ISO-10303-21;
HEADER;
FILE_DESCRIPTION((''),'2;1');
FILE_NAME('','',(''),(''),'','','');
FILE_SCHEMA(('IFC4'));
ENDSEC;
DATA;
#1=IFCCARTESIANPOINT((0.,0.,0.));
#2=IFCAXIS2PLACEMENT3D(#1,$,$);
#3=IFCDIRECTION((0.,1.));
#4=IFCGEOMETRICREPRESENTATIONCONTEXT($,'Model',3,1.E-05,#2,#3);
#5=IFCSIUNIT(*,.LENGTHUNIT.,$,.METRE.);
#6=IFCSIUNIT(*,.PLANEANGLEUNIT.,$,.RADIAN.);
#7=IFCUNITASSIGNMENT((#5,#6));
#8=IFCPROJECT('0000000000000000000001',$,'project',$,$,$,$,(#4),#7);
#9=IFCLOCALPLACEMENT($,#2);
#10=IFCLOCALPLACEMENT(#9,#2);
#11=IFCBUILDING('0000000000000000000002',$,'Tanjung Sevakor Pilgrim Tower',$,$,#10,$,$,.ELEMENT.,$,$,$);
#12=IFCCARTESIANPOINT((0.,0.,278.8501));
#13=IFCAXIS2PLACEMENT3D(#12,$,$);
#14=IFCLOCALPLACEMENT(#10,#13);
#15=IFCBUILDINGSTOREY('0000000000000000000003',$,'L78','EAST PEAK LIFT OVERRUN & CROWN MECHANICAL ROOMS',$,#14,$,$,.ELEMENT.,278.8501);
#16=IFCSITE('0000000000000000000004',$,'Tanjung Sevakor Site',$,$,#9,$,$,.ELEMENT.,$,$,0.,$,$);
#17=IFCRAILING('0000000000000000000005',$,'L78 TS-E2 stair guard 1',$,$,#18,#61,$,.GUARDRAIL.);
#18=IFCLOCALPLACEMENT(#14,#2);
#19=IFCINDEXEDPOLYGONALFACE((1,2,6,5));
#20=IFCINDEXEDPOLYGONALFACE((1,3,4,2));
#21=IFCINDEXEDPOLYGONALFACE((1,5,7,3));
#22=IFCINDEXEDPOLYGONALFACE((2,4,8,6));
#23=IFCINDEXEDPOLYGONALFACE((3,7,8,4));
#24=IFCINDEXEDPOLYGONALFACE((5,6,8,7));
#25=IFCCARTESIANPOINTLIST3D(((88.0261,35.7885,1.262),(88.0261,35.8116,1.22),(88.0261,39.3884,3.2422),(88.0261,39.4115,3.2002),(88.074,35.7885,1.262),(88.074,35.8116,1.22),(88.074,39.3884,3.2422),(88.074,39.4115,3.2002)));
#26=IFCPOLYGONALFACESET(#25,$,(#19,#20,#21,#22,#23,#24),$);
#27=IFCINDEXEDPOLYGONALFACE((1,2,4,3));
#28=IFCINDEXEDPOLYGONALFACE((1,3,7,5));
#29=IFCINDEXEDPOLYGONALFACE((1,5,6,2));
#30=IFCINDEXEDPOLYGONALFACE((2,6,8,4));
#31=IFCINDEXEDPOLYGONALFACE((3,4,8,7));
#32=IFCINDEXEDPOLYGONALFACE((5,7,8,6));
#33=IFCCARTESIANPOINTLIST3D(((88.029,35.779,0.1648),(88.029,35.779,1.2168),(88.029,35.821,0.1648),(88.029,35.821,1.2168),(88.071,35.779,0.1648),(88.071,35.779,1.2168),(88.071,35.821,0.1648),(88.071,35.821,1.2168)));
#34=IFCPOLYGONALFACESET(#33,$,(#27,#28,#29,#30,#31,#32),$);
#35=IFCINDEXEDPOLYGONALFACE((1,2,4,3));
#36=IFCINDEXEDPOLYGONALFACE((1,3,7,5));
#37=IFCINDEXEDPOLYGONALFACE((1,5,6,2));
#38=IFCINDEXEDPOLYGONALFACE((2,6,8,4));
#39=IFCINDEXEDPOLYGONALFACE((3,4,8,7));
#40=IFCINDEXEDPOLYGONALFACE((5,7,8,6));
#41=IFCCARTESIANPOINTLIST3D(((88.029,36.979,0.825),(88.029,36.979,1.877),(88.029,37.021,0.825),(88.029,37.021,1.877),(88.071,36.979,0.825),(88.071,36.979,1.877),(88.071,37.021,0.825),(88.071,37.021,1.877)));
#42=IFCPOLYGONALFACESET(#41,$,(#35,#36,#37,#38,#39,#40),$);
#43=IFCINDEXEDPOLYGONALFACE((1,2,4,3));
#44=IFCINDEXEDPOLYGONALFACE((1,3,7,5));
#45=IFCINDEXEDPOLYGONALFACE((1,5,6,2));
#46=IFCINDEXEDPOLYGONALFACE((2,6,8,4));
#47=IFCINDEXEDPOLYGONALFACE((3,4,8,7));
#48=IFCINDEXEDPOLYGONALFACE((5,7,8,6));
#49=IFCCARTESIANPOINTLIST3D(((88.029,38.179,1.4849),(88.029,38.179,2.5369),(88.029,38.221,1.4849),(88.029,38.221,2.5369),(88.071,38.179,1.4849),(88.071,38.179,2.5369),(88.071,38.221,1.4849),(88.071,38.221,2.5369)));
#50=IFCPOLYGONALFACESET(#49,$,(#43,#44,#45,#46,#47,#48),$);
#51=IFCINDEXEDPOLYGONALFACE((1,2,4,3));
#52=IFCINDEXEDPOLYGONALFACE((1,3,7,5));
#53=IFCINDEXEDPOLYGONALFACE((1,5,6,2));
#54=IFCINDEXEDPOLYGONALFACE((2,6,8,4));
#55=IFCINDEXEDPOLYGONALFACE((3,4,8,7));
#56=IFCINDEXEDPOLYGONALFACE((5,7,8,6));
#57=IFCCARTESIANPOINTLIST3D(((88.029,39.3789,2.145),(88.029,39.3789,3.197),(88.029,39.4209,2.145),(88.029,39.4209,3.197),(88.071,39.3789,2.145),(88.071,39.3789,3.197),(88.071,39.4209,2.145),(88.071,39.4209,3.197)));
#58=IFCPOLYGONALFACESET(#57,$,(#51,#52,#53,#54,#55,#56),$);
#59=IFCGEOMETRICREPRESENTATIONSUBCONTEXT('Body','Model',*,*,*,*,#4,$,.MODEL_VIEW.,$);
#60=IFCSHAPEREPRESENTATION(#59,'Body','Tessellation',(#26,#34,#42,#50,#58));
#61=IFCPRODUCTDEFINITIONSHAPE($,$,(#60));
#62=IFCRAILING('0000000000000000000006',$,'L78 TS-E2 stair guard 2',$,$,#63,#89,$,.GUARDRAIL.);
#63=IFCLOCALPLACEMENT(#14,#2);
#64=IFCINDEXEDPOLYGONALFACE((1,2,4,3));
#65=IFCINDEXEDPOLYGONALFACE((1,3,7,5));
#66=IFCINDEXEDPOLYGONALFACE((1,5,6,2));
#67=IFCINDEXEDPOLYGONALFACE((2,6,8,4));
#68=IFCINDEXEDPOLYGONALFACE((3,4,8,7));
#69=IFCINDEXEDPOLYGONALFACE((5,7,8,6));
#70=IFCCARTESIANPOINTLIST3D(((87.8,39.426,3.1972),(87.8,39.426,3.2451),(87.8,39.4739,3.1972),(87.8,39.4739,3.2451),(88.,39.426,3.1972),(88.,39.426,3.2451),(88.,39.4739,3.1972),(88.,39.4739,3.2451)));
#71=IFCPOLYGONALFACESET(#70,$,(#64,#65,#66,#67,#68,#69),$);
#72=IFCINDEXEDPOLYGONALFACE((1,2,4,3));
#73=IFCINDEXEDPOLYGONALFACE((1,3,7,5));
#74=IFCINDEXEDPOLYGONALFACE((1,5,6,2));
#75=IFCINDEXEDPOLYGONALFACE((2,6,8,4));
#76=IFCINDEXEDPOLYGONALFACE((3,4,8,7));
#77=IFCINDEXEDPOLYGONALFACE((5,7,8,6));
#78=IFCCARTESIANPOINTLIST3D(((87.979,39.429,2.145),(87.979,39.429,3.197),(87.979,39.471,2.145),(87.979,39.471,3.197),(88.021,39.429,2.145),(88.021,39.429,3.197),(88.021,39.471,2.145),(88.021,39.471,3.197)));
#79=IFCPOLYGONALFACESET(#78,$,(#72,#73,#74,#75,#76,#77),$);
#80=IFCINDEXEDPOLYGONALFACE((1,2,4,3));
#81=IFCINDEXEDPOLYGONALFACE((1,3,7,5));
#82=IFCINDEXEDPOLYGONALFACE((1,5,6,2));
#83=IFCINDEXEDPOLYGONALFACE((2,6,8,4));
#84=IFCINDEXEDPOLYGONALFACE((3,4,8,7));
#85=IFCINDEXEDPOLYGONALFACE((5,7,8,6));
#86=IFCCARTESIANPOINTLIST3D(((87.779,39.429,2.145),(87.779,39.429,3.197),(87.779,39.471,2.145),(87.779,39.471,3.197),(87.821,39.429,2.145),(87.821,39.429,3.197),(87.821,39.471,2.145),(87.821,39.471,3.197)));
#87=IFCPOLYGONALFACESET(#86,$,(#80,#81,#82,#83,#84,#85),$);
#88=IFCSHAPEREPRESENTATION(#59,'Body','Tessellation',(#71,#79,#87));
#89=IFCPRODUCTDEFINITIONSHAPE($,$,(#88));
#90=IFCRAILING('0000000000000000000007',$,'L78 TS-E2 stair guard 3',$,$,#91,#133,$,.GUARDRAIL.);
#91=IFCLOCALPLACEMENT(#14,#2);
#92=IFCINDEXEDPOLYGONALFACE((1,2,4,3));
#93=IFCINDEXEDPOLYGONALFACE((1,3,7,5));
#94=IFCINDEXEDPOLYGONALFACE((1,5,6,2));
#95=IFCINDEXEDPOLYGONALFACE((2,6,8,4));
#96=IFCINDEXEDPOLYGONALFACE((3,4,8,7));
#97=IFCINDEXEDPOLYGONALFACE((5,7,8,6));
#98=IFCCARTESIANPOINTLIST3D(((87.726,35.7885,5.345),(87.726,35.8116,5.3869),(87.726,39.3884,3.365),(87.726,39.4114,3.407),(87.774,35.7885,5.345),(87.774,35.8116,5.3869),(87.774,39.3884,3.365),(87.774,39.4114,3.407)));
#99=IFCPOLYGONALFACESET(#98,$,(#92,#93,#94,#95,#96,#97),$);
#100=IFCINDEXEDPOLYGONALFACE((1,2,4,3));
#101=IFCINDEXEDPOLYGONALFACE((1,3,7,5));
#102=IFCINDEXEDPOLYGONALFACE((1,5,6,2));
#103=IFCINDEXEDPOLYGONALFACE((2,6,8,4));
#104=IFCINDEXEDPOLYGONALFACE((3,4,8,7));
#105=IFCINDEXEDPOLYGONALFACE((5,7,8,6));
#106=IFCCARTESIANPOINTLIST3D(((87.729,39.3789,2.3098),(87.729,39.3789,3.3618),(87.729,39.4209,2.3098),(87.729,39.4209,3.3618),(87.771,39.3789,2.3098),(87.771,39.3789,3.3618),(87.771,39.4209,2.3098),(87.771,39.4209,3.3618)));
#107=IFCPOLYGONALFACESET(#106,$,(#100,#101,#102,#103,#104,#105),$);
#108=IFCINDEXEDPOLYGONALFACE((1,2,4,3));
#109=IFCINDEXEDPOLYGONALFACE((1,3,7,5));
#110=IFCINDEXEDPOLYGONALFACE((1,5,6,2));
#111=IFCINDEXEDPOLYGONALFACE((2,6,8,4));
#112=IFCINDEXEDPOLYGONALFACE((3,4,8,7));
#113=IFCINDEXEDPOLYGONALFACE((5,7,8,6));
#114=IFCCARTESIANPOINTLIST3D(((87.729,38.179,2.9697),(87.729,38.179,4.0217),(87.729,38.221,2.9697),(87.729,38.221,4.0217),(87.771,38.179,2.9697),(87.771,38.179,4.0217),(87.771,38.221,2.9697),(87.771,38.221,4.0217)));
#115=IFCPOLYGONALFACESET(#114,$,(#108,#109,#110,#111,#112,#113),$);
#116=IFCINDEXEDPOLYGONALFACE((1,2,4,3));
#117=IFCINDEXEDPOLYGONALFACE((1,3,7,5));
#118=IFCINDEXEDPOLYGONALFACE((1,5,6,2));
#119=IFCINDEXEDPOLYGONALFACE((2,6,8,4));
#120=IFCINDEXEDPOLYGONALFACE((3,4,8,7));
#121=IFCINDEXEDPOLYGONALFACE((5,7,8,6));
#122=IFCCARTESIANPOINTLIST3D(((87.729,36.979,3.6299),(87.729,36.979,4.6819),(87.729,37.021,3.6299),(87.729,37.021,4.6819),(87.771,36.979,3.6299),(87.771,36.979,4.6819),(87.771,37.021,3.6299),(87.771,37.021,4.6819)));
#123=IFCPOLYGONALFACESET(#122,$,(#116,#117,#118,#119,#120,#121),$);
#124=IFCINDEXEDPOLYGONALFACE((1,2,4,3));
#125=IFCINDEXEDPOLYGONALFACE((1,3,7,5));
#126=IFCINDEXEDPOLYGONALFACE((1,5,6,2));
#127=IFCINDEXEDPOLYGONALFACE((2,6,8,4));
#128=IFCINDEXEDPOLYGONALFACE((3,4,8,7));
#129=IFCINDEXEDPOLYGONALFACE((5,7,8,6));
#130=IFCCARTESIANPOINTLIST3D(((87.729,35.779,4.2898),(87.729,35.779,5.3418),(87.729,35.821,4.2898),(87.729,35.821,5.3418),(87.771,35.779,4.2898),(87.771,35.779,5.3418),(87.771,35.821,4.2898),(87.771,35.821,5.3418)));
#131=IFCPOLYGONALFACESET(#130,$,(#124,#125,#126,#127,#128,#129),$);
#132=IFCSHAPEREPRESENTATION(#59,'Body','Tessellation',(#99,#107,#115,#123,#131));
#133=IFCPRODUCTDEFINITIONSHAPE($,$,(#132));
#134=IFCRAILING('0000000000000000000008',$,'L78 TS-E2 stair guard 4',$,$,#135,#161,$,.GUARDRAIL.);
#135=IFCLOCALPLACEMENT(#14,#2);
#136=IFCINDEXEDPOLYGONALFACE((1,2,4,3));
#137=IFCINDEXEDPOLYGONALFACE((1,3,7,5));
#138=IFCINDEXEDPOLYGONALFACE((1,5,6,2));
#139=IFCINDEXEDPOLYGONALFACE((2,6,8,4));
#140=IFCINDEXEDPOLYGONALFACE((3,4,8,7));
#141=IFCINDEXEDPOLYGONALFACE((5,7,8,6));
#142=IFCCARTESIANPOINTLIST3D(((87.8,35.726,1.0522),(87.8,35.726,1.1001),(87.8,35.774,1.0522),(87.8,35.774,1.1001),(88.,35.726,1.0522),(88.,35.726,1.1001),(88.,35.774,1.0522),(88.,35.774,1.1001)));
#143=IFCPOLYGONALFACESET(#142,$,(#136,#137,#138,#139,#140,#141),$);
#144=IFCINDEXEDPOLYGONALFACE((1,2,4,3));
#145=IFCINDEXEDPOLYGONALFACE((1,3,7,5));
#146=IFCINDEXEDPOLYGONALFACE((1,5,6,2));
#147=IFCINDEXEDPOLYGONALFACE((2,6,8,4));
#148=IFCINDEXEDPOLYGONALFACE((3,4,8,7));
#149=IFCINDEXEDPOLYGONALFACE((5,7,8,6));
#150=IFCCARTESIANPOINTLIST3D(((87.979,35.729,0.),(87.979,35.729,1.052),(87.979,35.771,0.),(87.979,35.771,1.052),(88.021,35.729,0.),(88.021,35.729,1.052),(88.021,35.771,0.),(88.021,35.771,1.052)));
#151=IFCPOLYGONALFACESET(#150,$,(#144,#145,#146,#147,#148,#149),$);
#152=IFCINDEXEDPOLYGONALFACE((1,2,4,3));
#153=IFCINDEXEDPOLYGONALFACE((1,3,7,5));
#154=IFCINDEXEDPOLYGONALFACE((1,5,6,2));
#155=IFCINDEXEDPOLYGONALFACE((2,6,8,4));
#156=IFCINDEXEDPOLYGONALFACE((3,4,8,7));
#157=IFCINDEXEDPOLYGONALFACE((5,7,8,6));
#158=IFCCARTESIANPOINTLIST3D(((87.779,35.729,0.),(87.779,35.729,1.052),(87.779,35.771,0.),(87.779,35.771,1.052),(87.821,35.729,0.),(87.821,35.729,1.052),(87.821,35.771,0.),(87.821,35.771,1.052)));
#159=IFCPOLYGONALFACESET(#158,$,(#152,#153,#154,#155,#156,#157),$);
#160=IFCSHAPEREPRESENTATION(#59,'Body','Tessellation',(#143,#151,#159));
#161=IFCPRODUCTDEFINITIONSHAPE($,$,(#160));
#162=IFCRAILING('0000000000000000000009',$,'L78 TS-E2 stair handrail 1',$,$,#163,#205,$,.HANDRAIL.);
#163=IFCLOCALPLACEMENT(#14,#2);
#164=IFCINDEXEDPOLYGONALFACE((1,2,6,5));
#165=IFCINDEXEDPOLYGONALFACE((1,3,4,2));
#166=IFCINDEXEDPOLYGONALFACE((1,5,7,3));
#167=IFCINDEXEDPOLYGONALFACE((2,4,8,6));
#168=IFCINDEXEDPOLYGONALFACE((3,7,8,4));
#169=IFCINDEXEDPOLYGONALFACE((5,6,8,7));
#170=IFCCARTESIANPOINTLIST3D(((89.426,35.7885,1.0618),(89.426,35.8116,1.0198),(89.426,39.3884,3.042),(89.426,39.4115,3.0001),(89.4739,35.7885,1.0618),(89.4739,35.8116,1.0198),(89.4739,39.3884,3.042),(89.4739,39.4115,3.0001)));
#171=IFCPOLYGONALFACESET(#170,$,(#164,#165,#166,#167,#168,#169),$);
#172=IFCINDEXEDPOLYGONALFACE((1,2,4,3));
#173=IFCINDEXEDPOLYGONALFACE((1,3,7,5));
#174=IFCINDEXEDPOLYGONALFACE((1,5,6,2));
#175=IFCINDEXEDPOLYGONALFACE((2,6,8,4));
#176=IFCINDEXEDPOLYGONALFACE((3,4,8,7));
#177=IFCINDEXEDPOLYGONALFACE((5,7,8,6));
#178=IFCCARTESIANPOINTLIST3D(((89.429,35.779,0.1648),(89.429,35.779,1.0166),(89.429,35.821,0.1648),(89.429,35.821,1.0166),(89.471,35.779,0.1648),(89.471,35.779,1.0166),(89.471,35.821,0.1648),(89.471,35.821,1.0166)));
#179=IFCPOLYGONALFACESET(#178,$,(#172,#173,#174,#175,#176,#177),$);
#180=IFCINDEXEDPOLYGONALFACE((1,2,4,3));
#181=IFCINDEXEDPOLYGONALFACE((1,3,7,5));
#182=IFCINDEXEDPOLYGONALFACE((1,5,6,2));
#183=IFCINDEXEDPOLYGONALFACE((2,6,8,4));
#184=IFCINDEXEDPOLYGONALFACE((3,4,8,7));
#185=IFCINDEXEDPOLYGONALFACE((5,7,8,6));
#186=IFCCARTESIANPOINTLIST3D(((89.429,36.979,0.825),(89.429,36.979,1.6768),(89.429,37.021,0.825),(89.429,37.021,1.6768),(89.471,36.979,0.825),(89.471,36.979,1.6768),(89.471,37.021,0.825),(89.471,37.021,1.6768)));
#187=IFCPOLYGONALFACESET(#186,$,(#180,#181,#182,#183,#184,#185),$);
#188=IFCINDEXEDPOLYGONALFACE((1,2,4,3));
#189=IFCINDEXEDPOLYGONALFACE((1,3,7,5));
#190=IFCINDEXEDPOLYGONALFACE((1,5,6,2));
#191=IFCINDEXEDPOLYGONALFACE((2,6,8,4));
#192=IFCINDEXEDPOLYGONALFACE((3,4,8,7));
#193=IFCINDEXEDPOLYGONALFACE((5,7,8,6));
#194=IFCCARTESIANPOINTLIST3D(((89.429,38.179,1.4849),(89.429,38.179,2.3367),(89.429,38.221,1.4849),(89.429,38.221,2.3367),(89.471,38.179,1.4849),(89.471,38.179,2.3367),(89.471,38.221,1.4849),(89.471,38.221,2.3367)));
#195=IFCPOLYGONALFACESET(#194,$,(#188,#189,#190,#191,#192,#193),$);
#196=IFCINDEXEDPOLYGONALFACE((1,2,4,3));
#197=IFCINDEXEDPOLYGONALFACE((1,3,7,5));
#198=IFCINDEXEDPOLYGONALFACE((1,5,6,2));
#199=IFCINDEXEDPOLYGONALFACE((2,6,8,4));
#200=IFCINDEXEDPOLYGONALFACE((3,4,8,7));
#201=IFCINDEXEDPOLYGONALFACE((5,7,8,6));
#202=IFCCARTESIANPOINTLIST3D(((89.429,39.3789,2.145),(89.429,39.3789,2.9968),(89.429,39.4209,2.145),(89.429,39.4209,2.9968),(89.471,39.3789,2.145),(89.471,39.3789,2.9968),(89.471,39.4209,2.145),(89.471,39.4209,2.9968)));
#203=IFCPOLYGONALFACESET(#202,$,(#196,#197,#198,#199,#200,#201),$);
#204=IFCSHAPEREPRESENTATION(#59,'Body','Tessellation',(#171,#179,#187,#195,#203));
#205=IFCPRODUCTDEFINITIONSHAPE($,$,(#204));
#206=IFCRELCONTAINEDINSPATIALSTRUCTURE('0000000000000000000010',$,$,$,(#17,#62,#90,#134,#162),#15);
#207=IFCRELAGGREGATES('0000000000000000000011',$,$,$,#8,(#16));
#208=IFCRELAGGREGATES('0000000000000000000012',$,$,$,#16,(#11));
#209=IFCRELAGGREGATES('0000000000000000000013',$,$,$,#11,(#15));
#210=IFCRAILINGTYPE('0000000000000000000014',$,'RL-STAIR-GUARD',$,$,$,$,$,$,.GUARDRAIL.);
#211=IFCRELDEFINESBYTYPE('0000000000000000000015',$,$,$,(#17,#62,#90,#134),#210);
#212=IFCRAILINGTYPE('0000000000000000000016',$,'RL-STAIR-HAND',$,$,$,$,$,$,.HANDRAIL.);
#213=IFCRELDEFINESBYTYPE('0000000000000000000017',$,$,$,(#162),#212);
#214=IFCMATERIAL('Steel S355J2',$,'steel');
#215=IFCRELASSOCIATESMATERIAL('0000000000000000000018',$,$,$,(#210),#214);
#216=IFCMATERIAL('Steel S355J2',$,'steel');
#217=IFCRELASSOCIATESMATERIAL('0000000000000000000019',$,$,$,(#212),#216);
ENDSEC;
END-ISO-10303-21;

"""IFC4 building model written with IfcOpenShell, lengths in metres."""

from ifc_helpers import new_model, si_unit, direction, frame, origin, place, context, subcontext, project, spatial, rectangle, extrude, material, type_object, element, save


model = new_model("IFC4")

# Units and contexts
model_context = context("Model", 3, precision=1e-05, world=origin(), true_north=direction((0.0, 1.0)))
body_context = subcontext(model_context, "Body", "Model", "MODEL_VIEW")
ifc_project = project(units=[si_unit("LENGTHUNIT", "METRE"), si_unit("PLANEANGLEUNIT", "RADIAN")], contexts=[model_context])

# Site, building, storey
site_placement = place(None, origin())
site = spatial("IfcSite", under=ifc_project, at=site_placement, Name="Tanjung Sevakor Site", CompositionType="ELEMENT", RefElevation=0.0)
building_placement = place(site_placement, origin())
building = spatial("IfcBuilding", under=site, at=building_placement, Name="Tanjung Sevakor Pilgrim Tower", CompositionType="ELEMENT")
storey_placement = place(building_placement, frame((0.0, 0.0, 278.8501)))
storey = spatial("IfcBuildingStorey", under=building, at=storey_placement, Name="L78", Description="EAST PEAK LIFT OVERRUN & CROWN MECHANICAL ROOMS", CompositionType="ELEMENT", Elevation=278.8501)

# Railings
ifc_material_1 = material(Name="Steel S355J2", Category="steel")
railing_type_1 = type_object("IfcRailingType", Name="RL-STAIR-GUARD", PredefinedType="GUARDRAIL", material=ifc_material_1)
railing_1_placement = place(storey_placement, frame((88.05, 35.8, 0.1648)))
element("IfcRailing", 1, at=railing_1_placement, inside=storey, type_object=railing_type_1, Name="L78 TS-E2 stair guard 1", PredefinedType="GUARDRAIL", context=body_context, shape_type="SweptSolid", body=[
    extrude(rectangle(XDim=0.0479, YDim=0.0479), frame((0.0, 0.0, 1.0762), z_axis=(0.0, 0.876185, 0.481976), x_axis=(-1.0, 0.0, 0.0)), (0.0, 0.0, 1.0), 4.1086),
    extrude(rectangle(XDim=0.042, YDim=0.042), origin(), (0.0, 0.0, 1.0), 1.052),
    extrude(rectangle(XDim=0.042, YDim=0.042), frame((0.0, 1.2, 0.6602)), (0.0, 0.0, 1.0), 1.052),
    extrude(rectangle(XDim=0.042, YDim=0.042), frame((0.0, 2.3999, 1.3201)), (0.0, 0.0, 1.0), 1.052),
    extrude(rectangle(XDim=0.042, YDim=0.042), frame((0.0, 3.5999, 1.9802)), (0.0, 0.0, 1.0), 1.052),
])
railing_2_placement = place(storey_placement, frame((88.0, 39.45, 2.145)))
element("IfcRailing", 2, at=railing_2_placement, inside=storey, type_object=railing_type_1, Name="L78 TS-E2 stair guard 2", PredefinedType="GUARDRAIL", context=body_context, shape_type="SweptSolid", body=[
    extrude(rectangle(XDim=0.0479, YDim=0.0479), frame((0.0, 0.0, 1.0762), z_axis=(-1.0, 0.0, 0.0), x_axis=(0.0, -1.0, 0.0)), (0.0, 0.0, 1.0), 0.2),
    extrude(rectangle(XDim=0.042, YDim=0.042), origin(), (0.0, 0.0, 1.0), 1.052),
    extrude(rectangle(XDim=0.042, YDim=0.042), frame((-0.2, 0.0, 0.0)), (0.0, 0.0, 1.0), 1.052),
])
railing_3_placement = place(storey_placement, frame((87.75, 39.3999, 2.3098)))
element("IfcRailing", 3, at=railing_3_placement, inside=storey, type_object=railing_type_1, Name="L78 TS-E2 stair guard 3", PredefinedType="GUARDRAIL", context=body_context, shape_type="SweptSolid", body=[
    extrude(rectangle(XDim=0.0479, YDim=0.0479), frame((0.0, 0.0, 1.0762), z_axis=(0.0, -0.87621, 0.48193), x_axis=(1.0, 0.0, 0.0)), (0.0, 0.0, 1.0), 4.1084),
    extrude(rectangle(XDim=0.042, YDim=0.042), origin(), (0.0, 0.0, 1.0), 1.052),
    extrude(rectangle(XDim=0.042, YDim=0.042), frame((0.0, -1.2, 0.6599)), (0.0, 0.0, 1.0), 1.052),
    extrude(rectangle(XDim=0.042, YDim=0.042), frame((0.0, -2.3999, 1.3201)), (0.0, 0.0, 1.0), 1.052),
    extrude(rectangle(XDim=0.042, YDim=0.042), frame((0.0, -3.5999, 1.98)), (0.0, 0.0, 1.0), 1.052),
])
railing_4_placement = place(storey_placement, frame((88.0, 35.75, 0.0)))
element("IfcRailing", 4, at=railing_4_placement, inside=storey, type_object=railing_type_1, Name="L78 TS-E2 stair guard 4", PredefinedType="GUARDRAIL", context=body_context, shape_type="SweptSolid", body=[
    extrude(rectangle(XDim=0.0479, YDim=0.0479), frame((0.0, 0.0, 1.0762), z_axis=(-1.0, 0.0, 0.0), x_axis=(0.0, -1.0, 0.0)), (0.0, 0.0, 1.0), 0.2),
    extrude(rectangle(XDim=0.042, YDim=0.042), origin(), (0.0, 0.0, 1.0), 1.052),
    extrude(rectangle(XDim=0.042, YDim=0.042), frame((-0.2, 0.0, 0.0)), (0.0, 0.0, 1.0), 1.052),
])
ifc_material_2 = material(Name="Steel S355J2", Category="steel")
railing_type_2 = type_object("IfcRailingType", Name="RL-STAIR-HAND", PredefinedType="HANDRAIL", material=ifc_material_2)
railing_5_placement = place(storey_placement, frame((89.45, 35.8, 0.1648)))
element("IfcRailing", 5, at=railing_5_placement, inside=storey, type_object=railing_type_2, Name="L78 TS-E2 stair handrail 1", PredefinedType="HANDRAIL", context=body_context, shape_type="SweptSolid", body=[
    extrude(rectangle(XDim=0.0479, YDim=0.0479), frame((0.0, 0.0, 0.876), z_axis=(0.0, 0.876185, 0.481976), x_axis=(-1.0, 0.0, 0.0)), (0.0, 0.0, 1.0), 4.1086),
    extrude(rectangle(XDim=0.042, YDim=0.042), origin(), (0.0, 0.0, 1.0), 0.8518),
    extrude(rectangle(XDim=0.042, YDim=0.042), frame((0.0, 1.2, 0.6602)), (0.0, 0.0, 1.0), 0.8518),
    extrude(rectangle(XDim=0.042, YDim=0.042), frame((0.0, 2.3999, 1.3201)), (0.0, 0.0, 1.0), 0.8518),
    extrude(rectangle(XDim=0.042, YDim=0.042), frame((0.0, 3.5999, 1.9802)), (0.0, 0.0, 1.0), 0.8518),
])

save(model, "model.ifc")
